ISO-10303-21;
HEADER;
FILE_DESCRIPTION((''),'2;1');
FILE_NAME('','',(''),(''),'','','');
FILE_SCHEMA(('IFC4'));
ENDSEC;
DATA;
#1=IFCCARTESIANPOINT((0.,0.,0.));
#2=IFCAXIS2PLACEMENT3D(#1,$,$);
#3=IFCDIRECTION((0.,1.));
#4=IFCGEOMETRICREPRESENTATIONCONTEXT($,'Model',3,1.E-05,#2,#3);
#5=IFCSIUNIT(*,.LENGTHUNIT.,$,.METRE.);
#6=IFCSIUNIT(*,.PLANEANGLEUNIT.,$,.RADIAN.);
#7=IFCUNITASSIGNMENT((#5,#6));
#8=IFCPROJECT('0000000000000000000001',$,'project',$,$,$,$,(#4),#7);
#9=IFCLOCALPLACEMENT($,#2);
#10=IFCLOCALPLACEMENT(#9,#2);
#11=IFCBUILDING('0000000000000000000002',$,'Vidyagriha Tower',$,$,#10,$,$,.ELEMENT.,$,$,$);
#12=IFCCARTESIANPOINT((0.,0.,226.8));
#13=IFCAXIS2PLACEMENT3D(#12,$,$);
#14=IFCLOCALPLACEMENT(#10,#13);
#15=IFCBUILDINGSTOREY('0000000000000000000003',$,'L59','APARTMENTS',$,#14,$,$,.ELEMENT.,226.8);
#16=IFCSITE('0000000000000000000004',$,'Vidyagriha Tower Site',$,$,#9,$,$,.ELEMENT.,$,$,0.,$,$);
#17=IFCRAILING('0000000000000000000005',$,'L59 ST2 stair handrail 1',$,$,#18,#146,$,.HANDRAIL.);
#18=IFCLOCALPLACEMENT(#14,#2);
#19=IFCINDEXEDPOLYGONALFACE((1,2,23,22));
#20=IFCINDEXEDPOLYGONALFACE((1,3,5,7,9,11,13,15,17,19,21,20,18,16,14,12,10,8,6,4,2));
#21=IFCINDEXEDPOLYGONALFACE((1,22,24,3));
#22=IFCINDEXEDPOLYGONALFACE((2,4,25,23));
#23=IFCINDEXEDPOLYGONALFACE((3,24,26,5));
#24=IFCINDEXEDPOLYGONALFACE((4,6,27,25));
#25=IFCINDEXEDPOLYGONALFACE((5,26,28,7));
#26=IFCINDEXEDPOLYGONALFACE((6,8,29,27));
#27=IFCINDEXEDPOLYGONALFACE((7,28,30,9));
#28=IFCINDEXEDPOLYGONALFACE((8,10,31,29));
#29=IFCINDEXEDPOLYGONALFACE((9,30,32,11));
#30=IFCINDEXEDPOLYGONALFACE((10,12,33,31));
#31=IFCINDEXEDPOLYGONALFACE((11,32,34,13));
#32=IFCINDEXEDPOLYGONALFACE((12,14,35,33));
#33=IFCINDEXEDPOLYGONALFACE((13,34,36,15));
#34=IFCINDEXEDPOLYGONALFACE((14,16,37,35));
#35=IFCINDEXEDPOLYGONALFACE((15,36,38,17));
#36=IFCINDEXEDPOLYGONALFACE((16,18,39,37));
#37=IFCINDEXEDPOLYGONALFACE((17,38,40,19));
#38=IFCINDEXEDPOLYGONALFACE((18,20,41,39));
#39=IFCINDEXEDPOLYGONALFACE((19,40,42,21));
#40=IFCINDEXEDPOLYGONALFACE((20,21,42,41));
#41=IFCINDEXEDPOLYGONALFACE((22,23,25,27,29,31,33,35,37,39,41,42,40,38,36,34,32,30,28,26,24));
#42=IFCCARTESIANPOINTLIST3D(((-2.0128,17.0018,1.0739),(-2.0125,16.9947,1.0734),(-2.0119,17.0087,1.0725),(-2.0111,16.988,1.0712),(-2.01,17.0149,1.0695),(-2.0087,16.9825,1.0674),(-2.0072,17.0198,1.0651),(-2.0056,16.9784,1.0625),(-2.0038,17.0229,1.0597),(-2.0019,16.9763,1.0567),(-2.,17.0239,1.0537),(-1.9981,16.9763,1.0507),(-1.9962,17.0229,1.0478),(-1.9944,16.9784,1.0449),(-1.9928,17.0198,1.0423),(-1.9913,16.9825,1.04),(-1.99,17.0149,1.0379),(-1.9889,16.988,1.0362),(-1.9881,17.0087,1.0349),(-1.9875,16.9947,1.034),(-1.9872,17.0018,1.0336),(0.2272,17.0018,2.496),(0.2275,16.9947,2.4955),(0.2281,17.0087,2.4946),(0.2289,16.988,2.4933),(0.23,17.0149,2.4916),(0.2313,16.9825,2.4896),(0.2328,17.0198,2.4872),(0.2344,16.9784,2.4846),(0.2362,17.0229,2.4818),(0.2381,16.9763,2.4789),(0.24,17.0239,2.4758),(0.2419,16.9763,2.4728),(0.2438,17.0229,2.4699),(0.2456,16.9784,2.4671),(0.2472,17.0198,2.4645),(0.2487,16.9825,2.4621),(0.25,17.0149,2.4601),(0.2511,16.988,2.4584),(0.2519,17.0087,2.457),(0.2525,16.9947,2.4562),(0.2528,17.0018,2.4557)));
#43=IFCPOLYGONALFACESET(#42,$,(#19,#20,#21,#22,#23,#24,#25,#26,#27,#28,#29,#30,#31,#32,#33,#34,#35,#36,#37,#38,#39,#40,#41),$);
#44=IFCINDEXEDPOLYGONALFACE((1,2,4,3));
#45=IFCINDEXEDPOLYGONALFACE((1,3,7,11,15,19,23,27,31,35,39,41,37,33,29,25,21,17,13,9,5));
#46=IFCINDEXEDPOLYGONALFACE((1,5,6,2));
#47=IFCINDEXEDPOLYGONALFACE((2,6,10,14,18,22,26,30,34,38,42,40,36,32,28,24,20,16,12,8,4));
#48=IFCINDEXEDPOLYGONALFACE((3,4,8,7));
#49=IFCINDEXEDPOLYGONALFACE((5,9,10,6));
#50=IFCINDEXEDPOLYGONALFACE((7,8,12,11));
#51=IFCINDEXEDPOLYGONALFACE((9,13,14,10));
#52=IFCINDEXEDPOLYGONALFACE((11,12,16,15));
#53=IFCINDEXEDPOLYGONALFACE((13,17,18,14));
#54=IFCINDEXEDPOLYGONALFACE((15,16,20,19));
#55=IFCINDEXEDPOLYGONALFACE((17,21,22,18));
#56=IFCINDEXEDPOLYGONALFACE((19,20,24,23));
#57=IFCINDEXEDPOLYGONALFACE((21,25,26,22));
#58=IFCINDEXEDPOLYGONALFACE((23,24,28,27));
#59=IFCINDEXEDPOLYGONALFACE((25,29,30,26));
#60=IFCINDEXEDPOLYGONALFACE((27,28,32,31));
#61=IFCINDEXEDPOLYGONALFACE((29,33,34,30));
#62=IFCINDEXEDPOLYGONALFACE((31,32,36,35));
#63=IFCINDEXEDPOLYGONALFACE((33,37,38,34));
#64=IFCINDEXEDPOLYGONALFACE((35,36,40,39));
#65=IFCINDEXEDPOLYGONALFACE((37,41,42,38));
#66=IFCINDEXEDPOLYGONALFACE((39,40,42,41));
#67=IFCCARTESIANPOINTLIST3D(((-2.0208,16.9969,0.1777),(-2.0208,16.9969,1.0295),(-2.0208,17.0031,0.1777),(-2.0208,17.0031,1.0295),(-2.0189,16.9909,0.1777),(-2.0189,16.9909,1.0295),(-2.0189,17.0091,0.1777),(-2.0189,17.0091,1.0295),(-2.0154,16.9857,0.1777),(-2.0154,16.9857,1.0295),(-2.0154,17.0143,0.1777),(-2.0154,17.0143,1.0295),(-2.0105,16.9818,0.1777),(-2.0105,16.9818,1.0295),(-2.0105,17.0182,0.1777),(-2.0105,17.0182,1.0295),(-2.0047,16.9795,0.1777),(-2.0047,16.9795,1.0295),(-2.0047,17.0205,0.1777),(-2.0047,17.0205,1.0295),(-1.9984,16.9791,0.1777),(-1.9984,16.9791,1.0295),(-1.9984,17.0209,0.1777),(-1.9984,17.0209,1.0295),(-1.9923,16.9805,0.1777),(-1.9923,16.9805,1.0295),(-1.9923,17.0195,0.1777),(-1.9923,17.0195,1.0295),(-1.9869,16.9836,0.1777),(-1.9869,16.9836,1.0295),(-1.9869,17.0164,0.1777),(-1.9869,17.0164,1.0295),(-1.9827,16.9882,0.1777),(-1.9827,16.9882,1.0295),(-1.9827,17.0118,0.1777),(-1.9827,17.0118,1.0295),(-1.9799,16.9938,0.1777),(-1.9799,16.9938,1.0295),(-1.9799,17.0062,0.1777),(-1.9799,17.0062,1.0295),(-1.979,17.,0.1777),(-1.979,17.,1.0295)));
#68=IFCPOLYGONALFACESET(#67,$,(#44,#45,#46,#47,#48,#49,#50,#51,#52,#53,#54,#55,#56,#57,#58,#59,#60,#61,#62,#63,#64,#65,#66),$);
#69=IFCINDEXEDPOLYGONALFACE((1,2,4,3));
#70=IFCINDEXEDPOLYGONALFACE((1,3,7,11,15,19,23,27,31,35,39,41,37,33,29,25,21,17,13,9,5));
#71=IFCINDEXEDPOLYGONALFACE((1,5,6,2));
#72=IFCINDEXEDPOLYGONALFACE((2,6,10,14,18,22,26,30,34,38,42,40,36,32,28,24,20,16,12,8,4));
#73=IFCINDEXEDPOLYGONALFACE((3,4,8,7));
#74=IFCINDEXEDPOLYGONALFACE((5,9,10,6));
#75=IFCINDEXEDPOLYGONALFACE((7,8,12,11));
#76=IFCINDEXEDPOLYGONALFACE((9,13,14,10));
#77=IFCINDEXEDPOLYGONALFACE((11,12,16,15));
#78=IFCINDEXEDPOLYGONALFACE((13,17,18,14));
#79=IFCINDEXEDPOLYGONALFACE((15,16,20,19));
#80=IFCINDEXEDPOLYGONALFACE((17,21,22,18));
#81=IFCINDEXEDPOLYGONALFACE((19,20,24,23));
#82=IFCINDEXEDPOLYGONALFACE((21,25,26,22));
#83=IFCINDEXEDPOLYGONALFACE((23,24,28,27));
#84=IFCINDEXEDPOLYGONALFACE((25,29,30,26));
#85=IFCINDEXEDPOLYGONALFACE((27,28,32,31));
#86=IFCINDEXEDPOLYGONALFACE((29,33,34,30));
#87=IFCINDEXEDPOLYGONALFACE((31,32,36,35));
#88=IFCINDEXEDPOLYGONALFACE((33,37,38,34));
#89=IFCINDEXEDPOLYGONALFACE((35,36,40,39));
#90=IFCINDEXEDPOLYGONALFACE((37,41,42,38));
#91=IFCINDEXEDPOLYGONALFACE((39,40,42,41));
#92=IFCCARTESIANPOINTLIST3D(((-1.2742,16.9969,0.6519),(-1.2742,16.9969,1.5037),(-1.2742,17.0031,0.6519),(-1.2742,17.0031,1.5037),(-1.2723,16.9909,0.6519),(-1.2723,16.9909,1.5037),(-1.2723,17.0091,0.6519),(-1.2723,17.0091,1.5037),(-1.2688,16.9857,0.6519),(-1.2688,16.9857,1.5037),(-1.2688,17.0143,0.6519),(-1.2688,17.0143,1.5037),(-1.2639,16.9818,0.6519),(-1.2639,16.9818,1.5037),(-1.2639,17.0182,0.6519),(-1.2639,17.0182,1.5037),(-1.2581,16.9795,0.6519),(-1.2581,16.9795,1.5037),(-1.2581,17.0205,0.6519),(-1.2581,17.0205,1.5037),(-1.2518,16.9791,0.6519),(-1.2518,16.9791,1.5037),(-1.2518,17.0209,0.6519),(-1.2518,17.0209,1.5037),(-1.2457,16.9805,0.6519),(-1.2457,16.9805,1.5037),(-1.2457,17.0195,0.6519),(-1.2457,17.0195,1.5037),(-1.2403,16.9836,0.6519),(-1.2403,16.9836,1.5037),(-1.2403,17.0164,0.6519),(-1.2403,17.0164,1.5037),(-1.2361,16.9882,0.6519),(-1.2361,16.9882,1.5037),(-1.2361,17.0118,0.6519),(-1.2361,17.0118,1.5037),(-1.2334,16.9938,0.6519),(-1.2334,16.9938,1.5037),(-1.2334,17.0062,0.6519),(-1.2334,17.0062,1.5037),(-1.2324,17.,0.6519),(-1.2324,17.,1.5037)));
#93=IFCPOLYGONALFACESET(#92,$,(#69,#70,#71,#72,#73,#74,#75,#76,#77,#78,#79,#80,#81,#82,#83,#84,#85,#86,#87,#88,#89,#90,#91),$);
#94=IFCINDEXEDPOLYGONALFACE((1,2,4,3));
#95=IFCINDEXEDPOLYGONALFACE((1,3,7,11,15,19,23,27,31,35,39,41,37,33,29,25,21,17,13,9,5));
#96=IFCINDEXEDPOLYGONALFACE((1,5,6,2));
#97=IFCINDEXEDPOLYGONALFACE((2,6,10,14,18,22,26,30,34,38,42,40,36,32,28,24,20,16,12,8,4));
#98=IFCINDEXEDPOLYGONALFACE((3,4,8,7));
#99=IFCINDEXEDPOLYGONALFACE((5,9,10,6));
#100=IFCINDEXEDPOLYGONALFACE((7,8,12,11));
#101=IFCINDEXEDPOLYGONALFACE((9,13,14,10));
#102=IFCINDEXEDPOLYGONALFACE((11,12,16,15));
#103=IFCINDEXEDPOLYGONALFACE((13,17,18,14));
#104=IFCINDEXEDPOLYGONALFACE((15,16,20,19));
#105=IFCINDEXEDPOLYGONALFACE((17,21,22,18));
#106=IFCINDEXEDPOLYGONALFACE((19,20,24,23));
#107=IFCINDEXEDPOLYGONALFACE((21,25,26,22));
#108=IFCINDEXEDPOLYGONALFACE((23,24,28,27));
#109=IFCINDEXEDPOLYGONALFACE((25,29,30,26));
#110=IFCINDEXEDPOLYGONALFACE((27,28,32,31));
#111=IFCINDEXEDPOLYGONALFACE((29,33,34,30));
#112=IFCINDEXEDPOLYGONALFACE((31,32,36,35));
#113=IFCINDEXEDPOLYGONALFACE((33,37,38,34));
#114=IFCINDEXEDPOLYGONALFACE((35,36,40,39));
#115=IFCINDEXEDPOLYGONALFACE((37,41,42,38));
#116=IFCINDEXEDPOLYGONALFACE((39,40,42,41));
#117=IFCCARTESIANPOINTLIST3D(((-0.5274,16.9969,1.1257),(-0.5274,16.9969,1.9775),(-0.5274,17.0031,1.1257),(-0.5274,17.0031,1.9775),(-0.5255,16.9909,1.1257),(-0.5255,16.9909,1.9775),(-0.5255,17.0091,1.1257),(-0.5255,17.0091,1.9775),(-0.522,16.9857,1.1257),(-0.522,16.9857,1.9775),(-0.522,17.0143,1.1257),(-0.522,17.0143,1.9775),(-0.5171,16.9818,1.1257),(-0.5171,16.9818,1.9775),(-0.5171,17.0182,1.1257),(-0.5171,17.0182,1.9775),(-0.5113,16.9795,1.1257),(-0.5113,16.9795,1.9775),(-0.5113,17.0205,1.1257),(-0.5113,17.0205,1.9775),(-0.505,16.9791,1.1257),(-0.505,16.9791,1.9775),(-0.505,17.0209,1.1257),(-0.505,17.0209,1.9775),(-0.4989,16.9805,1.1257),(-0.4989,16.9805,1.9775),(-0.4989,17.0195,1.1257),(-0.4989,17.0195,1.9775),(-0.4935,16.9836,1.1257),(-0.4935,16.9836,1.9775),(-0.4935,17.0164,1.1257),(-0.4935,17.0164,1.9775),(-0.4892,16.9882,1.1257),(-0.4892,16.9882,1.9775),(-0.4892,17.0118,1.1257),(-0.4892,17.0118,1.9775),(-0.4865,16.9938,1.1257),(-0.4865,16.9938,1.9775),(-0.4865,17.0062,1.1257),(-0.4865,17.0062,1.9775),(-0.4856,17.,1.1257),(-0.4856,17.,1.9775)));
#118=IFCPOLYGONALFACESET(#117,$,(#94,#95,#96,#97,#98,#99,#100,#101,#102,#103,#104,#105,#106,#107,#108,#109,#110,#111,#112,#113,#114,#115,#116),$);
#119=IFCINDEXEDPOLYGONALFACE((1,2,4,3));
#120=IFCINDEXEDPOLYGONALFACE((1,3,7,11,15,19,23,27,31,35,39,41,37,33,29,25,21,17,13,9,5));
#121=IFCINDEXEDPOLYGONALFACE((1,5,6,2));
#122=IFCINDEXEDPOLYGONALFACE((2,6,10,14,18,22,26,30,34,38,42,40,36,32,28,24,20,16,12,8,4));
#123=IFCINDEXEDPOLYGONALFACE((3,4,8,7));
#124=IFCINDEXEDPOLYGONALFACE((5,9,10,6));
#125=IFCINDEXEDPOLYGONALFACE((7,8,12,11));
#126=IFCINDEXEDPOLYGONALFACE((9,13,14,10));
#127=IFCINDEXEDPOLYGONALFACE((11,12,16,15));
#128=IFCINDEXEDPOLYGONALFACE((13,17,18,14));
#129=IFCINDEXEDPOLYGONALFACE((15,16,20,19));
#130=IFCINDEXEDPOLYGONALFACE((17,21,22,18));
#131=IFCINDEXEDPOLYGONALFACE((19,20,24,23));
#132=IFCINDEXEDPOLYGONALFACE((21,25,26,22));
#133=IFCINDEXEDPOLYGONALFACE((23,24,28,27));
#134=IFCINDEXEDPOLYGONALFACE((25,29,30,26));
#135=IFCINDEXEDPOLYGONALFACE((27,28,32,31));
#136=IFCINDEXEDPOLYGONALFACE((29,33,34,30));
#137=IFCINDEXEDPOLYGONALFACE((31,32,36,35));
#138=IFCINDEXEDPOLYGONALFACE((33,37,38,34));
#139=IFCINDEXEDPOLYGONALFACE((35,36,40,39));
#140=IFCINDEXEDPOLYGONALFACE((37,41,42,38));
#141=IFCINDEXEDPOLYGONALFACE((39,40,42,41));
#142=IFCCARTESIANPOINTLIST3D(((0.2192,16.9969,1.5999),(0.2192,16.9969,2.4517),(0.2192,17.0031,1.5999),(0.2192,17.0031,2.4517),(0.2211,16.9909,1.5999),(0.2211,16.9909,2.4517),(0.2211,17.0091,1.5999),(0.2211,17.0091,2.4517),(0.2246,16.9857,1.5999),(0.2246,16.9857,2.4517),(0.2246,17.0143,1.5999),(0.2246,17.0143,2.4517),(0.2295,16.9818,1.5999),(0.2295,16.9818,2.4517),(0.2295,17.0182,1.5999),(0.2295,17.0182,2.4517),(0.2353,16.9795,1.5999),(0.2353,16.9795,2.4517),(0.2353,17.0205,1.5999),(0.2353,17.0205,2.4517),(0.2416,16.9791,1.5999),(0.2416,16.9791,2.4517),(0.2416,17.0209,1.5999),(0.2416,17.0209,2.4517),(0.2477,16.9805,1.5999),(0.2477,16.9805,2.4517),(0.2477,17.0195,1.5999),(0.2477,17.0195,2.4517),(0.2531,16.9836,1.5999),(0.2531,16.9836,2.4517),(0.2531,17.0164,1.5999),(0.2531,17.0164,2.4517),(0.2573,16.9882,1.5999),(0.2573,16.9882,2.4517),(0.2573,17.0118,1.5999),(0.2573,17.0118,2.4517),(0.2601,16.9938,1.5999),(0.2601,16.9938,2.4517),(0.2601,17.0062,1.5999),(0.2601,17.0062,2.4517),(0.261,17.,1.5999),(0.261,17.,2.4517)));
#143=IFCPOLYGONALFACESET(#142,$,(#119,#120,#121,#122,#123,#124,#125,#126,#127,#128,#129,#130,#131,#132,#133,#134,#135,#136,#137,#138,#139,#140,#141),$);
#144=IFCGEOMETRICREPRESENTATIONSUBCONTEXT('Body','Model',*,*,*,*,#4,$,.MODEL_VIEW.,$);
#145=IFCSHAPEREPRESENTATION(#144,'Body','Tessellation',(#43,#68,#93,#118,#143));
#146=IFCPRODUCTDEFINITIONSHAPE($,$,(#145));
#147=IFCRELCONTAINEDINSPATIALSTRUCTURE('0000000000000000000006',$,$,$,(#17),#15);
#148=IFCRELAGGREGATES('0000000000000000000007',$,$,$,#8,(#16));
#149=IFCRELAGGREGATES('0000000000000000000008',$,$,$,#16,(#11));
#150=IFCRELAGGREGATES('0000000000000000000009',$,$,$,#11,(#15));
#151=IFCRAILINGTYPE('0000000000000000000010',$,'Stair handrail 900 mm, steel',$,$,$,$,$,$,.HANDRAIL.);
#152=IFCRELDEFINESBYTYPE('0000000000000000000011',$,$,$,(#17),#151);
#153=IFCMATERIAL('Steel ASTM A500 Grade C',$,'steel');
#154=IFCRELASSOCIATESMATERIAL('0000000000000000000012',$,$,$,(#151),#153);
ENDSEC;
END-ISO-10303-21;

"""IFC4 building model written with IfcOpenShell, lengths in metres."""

from ifc_helpers import new_model, si_unit, direction, frame, origin, origin_2d, place, context, subcontext, project, spatial, circle, extrude, material, type_object, element, save


model = new_model("IFC4")

# Units and contexts
model_context = context("Model", 3, precision=1e-05, world=origin(), true_north=direction((0.0, 1.0)))
body_context = subcontext(model_context, "Body", "Model", "MODEL_VIEW")
ifc_project = project(units=[si_unit("LENGTHUNIT", "METRE"), si_unit("PLANEANGLEUNIT", "RADIAN")], contexts=[model_context])

# Site, building, storey
site_placement = place(None, origin())
site = spatial("IfcSite", under=ifc_project, at=site_placement, Name="Vidyagriha Tower Site", CompositionType="ELEMENT", RefElevation=0.0)
building_placement = place(site_placement, origin())
building = spatial("IfcBuilding", under=site, at=building_placement, Name="Vidyagriha Tower", CompositionType="ELEMENT")
storey_placement = place(building_placement, frame((0.0, 0.0, 226.8)))
storey = spatial("IfcBuildingStorey", under=building, at=storey_placement, Name="L59", Description="APARTMENTS", CompositionType="ELEMENT", Elevation=226.8)

# Railing
ifc_material_1 = material(Name="Steel ASTM A500 Grade C", Category="steel")
railing_type_1 = type_object("IfcRailingType", Name="Stair handrail 900 mm, steel", PredefinedType="HANDRAIL", material=ifc_material_1)
railing_1_placement = place(storey_placement, frame((-2.0, 17.0, 0.1777)))
element("IfcRailing", 1, at=railing_1_placement, inside=storey, type_object=railing_type_1, Name="L59 ST2 stair handrail 1", PredefinedType="HANDRAIL", context=body_context, shape_type="SweptSolid", body=[
    extrude(circle(Radius=0.0239, at=origin_2d()), frame((0.0, 0.0, 0.876), z_axis=(0.844229, 0.0, 0.535982), x_axis=(0.0, 1.0, 0.0)), (0.0, 0.0, 1.0), 2.6533),
    extrude(circle(Radius=0.021, at=origin_2d()), origin(), (0.0, 0.0, 1.0), 0.8518),
    extrude(circle(Radius=0.021, at=origin_2d()), frame((0.7466, 0.0, 0.4741)), (0.0, 0.0, 1.0), 0.8518),
    extrude(circle(Radius=0.021, at=origin_2d()), frame((1.4934, 0.0, 0.948)), (0.0, 0.0, 1.0), 0.8518),
    extrude(circle(Radius=0.021, at=origin_2d()), frame((2.24, 0.0, 1.4221)), (0.0, 0.0, 1.0), 0.8518),
])

save(model, "model.ifc")
